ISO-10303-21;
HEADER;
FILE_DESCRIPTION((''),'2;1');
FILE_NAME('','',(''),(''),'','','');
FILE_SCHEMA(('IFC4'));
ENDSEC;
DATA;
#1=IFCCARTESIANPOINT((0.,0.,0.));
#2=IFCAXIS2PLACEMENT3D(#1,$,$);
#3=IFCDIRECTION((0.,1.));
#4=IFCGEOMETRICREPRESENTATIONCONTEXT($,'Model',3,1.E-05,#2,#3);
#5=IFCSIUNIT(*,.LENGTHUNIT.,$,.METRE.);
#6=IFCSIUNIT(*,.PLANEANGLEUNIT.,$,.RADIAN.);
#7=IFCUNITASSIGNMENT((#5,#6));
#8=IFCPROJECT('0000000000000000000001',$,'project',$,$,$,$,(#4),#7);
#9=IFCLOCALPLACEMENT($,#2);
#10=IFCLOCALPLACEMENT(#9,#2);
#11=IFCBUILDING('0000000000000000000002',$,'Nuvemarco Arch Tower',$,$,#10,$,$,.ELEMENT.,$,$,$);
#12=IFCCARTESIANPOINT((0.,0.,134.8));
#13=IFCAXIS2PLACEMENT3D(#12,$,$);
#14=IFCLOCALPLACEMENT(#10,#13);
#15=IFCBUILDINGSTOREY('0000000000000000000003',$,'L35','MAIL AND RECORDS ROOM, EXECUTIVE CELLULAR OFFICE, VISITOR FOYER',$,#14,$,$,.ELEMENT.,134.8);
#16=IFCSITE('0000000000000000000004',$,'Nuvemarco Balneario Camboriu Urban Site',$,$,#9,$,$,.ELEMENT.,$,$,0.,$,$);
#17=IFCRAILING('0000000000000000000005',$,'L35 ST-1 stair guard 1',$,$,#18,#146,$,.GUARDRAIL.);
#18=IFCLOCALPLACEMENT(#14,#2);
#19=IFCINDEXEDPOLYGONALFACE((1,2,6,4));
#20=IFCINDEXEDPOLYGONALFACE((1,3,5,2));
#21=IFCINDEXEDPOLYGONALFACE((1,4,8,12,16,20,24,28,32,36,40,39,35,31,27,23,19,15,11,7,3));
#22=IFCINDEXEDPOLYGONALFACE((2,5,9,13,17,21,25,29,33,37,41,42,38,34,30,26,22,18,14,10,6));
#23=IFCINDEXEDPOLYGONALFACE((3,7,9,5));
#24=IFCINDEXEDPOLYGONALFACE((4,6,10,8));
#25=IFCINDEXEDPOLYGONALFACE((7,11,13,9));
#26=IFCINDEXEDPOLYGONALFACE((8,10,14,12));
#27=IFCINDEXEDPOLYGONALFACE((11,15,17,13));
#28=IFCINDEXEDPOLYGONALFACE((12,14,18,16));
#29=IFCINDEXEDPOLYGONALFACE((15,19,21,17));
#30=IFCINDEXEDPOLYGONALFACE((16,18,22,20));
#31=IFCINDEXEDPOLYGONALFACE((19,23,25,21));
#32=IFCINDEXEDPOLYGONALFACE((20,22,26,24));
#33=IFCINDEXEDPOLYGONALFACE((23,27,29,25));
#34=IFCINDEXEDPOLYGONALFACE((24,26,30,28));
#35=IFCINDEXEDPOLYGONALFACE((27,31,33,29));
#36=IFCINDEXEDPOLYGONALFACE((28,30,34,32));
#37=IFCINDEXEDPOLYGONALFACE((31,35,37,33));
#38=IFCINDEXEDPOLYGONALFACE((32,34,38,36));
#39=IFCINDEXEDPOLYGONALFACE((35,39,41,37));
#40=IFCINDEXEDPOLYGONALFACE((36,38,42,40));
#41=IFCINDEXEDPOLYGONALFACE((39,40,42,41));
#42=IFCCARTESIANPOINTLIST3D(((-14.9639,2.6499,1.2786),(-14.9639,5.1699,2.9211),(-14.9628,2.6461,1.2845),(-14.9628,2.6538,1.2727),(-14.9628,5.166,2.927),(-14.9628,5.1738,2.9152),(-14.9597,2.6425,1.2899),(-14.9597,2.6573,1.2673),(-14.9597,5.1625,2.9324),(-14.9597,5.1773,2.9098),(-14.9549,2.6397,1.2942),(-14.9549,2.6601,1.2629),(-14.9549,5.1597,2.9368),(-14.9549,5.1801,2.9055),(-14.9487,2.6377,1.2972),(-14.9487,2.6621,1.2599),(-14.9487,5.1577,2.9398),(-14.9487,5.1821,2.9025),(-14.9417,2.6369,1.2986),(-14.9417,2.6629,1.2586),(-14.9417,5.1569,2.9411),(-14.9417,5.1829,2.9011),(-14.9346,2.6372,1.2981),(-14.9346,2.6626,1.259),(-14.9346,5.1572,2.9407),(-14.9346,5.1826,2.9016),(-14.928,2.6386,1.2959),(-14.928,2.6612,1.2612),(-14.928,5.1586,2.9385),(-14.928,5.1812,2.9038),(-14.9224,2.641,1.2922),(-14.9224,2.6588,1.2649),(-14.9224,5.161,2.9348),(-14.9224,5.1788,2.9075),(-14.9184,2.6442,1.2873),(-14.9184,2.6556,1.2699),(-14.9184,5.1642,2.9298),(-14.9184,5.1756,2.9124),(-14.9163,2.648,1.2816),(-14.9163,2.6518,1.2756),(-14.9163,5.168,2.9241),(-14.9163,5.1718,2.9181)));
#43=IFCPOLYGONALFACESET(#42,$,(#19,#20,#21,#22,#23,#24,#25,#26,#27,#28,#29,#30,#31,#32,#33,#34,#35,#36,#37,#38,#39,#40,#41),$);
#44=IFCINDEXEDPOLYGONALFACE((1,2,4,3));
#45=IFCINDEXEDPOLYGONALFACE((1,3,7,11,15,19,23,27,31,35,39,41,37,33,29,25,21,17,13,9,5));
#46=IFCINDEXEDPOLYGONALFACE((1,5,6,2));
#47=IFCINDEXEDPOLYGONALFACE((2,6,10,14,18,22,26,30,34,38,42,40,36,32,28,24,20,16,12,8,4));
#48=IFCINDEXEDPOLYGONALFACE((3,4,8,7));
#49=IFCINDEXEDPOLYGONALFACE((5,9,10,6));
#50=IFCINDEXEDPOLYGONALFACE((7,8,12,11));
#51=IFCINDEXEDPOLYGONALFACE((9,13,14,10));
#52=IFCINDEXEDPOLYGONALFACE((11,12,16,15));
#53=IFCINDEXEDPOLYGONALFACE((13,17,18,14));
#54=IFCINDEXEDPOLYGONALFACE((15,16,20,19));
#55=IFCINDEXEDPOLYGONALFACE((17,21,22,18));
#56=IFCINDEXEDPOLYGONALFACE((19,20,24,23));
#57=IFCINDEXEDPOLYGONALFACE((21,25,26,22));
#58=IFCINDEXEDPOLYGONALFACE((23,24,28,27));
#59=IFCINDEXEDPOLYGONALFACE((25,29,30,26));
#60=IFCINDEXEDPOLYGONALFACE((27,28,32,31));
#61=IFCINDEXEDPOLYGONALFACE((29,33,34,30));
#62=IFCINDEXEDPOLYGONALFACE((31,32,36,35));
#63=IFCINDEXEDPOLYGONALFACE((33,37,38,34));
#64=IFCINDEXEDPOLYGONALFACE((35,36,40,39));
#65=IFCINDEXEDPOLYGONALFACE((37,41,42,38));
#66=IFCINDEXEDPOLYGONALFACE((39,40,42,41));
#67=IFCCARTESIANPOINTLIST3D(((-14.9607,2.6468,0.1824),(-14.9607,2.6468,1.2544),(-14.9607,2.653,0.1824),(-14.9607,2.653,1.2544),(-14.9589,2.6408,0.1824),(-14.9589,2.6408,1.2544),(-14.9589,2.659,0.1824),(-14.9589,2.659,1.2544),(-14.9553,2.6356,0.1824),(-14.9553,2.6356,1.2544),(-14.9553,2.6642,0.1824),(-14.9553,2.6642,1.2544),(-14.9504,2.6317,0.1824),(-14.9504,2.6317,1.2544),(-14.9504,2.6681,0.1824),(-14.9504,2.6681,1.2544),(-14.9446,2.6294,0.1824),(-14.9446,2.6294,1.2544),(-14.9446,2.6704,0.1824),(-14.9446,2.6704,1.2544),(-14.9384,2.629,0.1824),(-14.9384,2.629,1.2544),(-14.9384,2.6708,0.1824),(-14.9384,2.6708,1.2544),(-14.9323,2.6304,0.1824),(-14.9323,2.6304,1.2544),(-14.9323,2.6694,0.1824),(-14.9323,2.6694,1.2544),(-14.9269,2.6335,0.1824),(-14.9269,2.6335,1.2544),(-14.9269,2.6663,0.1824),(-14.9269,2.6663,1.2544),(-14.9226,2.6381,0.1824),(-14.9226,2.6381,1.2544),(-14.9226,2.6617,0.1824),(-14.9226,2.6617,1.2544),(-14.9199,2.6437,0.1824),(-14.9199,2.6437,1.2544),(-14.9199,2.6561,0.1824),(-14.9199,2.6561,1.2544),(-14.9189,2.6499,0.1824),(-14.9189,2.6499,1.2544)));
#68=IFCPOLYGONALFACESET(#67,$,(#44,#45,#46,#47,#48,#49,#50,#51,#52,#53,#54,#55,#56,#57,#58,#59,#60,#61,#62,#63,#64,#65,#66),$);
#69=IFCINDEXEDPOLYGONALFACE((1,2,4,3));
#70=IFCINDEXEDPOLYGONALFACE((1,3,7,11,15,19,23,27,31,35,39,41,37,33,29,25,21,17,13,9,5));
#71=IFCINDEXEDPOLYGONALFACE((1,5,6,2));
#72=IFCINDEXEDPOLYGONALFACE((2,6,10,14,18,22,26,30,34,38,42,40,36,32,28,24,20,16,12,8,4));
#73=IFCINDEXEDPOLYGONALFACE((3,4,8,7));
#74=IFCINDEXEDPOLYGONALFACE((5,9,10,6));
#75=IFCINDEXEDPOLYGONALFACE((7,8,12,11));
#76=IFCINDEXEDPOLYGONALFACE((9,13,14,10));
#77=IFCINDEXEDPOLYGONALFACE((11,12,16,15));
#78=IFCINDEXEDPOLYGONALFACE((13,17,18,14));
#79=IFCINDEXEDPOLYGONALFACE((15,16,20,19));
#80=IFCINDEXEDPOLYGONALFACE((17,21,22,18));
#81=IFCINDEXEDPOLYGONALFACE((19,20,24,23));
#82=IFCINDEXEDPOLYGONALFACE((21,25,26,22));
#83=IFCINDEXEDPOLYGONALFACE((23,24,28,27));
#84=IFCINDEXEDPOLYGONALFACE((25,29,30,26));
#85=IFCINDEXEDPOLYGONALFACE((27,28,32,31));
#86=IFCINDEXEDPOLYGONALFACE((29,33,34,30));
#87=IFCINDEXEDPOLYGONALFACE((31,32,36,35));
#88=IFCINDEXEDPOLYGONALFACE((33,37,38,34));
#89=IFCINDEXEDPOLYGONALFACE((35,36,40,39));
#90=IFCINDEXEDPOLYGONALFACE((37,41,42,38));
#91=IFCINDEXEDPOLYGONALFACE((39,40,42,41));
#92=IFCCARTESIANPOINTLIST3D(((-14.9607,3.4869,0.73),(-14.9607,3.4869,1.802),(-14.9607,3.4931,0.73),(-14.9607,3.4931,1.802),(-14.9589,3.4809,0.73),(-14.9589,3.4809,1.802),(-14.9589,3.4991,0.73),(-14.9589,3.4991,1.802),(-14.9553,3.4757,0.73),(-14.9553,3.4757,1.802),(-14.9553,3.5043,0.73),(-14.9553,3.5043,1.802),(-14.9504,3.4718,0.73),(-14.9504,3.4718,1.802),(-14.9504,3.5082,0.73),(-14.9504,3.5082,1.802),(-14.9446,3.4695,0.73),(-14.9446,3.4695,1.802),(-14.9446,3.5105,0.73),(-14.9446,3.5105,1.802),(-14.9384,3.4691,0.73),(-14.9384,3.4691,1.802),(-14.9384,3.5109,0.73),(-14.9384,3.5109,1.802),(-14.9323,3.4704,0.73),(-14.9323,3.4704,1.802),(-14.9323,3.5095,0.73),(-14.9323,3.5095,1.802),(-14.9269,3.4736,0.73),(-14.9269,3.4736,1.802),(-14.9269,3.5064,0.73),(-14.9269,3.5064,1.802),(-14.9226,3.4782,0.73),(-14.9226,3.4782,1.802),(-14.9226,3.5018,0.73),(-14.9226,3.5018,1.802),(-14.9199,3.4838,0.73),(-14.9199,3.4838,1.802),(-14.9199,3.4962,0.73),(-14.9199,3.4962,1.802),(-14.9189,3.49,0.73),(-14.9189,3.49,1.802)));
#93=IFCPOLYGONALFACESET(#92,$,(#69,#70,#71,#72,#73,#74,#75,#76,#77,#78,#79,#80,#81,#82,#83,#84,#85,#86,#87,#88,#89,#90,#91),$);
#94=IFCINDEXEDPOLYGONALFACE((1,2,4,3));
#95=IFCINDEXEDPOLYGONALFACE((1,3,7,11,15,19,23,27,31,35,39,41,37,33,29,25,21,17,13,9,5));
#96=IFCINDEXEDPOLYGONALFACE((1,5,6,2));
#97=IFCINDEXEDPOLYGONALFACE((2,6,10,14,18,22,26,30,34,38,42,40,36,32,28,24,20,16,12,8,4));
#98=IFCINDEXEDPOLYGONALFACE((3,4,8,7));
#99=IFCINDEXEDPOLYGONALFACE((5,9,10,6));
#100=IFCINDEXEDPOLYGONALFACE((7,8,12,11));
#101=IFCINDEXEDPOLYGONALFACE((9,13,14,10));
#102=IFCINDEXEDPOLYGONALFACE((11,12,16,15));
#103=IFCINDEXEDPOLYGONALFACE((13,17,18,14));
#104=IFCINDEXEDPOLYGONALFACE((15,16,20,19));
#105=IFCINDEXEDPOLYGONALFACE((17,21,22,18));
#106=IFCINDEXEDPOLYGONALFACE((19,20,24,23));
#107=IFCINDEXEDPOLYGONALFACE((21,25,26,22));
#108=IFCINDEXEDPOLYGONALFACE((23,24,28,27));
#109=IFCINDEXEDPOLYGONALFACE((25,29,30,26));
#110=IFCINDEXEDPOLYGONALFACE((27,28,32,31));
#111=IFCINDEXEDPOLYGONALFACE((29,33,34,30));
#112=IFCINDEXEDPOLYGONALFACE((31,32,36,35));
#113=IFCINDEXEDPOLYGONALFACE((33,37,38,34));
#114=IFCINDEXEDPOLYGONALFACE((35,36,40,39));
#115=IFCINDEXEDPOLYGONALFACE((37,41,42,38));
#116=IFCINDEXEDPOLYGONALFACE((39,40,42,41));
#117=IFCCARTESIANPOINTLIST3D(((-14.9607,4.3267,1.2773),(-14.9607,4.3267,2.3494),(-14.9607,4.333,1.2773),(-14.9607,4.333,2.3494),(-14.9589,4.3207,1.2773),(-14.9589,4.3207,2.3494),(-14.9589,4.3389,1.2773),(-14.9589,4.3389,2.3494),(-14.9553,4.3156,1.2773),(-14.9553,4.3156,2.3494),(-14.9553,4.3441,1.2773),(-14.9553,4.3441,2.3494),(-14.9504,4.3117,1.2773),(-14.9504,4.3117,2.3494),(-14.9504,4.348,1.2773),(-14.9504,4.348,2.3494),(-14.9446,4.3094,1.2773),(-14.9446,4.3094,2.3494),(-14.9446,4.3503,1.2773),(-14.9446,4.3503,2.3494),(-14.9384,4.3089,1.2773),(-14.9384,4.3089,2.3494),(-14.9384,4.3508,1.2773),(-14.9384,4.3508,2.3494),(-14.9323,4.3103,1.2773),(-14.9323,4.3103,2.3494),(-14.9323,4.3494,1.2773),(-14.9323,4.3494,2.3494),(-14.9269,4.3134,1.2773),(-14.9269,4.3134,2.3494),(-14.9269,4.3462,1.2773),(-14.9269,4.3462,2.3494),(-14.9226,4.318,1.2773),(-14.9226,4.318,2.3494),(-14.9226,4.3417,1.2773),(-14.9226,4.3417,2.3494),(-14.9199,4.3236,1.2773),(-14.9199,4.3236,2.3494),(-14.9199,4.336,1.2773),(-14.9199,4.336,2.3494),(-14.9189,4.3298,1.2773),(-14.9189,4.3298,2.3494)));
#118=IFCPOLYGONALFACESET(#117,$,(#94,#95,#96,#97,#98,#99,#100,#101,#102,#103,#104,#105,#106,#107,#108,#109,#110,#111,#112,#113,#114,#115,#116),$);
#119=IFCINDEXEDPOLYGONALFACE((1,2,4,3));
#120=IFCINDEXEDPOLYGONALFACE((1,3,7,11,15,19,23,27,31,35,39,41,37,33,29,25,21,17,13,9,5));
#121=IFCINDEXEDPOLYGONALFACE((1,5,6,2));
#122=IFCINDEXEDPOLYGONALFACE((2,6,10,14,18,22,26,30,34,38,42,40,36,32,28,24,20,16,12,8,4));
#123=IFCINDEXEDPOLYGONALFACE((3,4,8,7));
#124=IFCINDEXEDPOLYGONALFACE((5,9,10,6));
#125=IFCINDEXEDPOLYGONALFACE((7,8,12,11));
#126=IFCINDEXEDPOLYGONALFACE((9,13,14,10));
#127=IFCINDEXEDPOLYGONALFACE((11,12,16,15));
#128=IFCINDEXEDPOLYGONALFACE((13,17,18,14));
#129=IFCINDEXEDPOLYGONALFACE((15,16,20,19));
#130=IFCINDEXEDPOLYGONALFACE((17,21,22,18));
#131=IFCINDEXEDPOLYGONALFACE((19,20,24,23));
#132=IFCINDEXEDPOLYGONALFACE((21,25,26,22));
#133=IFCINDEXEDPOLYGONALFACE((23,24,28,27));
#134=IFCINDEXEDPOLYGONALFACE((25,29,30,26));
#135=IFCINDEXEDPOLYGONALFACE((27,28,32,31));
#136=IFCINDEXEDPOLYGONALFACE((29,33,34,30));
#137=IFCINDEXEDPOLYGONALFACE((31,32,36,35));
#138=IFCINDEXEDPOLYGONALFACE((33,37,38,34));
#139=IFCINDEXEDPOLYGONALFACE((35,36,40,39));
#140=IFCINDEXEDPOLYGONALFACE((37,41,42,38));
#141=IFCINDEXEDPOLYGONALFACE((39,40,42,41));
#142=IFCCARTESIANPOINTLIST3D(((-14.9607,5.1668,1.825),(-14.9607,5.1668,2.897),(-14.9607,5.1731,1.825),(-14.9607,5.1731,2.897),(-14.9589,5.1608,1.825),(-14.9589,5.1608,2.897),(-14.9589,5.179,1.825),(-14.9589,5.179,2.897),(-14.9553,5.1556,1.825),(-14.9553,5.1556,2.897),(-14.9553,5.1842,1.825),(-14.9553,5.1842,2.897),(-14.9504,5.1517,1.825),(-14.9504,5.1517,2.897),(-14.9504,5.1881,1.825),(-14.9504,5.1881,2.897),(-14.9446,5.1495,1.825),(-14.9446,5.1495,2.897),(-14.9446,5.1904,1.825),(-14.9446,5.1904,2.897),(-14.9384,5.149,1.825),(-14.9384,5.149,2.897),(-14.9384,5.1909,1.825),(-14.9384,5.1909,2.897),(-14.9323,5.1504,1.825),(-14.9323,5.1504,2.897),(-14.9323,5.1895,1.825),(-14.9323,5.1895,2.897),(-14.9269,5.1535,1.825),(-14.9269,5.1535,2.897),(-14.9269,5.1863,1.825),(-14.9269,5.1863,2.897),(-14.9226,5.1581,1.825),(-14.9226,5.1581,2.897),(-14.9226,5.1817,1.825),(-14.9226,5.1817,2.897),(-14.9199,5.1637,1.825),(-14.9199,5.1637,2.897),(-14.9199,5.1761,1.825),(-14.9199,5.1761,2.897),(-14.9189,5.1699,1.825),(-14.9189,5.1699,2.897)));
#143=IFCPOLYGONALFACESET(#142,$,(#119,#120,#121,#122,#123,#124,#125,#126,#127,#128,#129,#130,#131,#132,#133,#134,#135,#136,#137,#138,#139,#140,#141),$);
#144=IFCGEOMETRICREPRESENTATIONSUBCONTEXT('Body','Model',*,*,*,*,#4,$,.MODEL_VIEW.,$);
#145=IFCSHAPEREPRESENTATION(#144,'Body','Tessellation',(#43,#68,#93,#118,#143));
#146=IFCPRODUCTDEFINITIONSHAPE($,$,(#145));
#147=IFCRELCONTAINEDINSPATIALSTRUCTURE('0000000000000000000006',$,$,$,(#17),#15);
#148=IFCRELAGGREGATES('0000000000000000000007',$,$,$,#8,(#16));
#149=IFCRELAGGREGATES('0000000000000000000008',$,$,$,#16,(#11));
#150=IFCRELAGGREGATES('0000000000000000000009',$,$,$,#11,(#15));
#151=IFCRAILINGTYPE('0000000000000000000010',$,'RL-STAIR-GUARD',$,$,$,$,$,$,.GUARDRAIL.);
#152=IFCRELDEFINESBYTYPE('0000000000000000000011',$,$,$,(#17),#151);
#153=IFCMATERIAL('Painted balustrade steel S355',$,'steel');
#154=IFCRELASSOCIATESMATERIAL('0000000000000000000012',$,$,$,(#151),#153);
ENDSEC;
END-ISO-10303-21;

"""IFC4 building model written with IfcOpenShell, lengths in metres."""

from ifc_helpers import new_model, si_unit, direction, frame, origin, origin_2d, place, context, subcontext, project, spatial, circle, extrude, material, type_object, element, save


model = new_model("IFC4")

# Units and contexts
model_context = context("Model", 3, precision=1e-05, world=origin(), true_north=direction((0.0, 1.0)))
body_context = subcontext(model_context, "Body", "Model", "MODEL_VIEW")
ifc_project = project(units=[si_unit("LENGTHUNIT", "METRE"), si_unit("PLANEANGLEUNIT", "RADIAN")], contexts=[model_context])

# Site, building, storey
site_placement = place(None, origin())
site = spatial("IfcSite", under=ifc_project, at=site_placement, Name="Nuvemarco Balneario Camboriu Urban Site", CompositionType="ELEMENT", RefElevation=0.0)
building_placement = place(site_placement, origin())
building = spatial("IfcBuilding", under=site, at=building_placement, Name="Nuvemarco Arch Tower", CompositionType="ELEMENT")
storey_placement = place(building_placement, frame((0.0, 0.0, 134.8)))
storey = spatial("IfcBuildingStorey", under=building, at=storey_placement, Name="L35", Description="MAIL AND RECORDS ROOM, EXECUTIVE CELLULAR OFFICE, VISITOR FOYER", CompositionType="ELEMENT", Elevation=134.8)

# Railing
ifc_material_1 = material(Name="Painted balustrade steel S355", Category="steel")
railing_type_1 = type_object("IfcRailingType", Name="RL-STAIR-GUARD", PredefinedType="GUARDRAIL", material=ifc_material_1)
railing_1_placement = place(storey_placement, frame((-14.9399, 2.6499, 0.1824)))
element("IfcRailing", 1, at=railing_1_placement, inside=storey, type_object=railing_type_1, Name="L35 ST-1 stair guard 1", PredefinedType="GUARDRAIL", context=body_context, shape_type="SweptSolid", body=[
    extrude(circle(Radius=0.0239, at=origin_2d()), frame((0.0, 0.0, 1.0962), z_axis=(0.0, 0.837749, 0.546055), x_axis=(-1.0, 0.0, 0.0)), (0.0, 0.0, 1.0), 3.0081),
    extrude(circle(Radius=0.021, at=origin_2d()), origin(), (0.0, 0.0, 1.0), 1.072),
    extrude(circle(Radius=0.021, at=origin_2d()), frame((0.0, 0.8401, 0.5476)), (0.0, 0.0, 1.0), 1.072),
    extrude(circle(Radius=0.021, at=origin_2d()), frame((0.0, 1.6799, 1.095)), (0.0, 0.0, 1.0), 1.072),
    extrude(circle(Radius=0.021, at=origin_2d()), frame((0.0, 2.52, 1.6426)), (0.0, 0.0, 1.0), 1.072),
])

save(model, "model.ifc")
